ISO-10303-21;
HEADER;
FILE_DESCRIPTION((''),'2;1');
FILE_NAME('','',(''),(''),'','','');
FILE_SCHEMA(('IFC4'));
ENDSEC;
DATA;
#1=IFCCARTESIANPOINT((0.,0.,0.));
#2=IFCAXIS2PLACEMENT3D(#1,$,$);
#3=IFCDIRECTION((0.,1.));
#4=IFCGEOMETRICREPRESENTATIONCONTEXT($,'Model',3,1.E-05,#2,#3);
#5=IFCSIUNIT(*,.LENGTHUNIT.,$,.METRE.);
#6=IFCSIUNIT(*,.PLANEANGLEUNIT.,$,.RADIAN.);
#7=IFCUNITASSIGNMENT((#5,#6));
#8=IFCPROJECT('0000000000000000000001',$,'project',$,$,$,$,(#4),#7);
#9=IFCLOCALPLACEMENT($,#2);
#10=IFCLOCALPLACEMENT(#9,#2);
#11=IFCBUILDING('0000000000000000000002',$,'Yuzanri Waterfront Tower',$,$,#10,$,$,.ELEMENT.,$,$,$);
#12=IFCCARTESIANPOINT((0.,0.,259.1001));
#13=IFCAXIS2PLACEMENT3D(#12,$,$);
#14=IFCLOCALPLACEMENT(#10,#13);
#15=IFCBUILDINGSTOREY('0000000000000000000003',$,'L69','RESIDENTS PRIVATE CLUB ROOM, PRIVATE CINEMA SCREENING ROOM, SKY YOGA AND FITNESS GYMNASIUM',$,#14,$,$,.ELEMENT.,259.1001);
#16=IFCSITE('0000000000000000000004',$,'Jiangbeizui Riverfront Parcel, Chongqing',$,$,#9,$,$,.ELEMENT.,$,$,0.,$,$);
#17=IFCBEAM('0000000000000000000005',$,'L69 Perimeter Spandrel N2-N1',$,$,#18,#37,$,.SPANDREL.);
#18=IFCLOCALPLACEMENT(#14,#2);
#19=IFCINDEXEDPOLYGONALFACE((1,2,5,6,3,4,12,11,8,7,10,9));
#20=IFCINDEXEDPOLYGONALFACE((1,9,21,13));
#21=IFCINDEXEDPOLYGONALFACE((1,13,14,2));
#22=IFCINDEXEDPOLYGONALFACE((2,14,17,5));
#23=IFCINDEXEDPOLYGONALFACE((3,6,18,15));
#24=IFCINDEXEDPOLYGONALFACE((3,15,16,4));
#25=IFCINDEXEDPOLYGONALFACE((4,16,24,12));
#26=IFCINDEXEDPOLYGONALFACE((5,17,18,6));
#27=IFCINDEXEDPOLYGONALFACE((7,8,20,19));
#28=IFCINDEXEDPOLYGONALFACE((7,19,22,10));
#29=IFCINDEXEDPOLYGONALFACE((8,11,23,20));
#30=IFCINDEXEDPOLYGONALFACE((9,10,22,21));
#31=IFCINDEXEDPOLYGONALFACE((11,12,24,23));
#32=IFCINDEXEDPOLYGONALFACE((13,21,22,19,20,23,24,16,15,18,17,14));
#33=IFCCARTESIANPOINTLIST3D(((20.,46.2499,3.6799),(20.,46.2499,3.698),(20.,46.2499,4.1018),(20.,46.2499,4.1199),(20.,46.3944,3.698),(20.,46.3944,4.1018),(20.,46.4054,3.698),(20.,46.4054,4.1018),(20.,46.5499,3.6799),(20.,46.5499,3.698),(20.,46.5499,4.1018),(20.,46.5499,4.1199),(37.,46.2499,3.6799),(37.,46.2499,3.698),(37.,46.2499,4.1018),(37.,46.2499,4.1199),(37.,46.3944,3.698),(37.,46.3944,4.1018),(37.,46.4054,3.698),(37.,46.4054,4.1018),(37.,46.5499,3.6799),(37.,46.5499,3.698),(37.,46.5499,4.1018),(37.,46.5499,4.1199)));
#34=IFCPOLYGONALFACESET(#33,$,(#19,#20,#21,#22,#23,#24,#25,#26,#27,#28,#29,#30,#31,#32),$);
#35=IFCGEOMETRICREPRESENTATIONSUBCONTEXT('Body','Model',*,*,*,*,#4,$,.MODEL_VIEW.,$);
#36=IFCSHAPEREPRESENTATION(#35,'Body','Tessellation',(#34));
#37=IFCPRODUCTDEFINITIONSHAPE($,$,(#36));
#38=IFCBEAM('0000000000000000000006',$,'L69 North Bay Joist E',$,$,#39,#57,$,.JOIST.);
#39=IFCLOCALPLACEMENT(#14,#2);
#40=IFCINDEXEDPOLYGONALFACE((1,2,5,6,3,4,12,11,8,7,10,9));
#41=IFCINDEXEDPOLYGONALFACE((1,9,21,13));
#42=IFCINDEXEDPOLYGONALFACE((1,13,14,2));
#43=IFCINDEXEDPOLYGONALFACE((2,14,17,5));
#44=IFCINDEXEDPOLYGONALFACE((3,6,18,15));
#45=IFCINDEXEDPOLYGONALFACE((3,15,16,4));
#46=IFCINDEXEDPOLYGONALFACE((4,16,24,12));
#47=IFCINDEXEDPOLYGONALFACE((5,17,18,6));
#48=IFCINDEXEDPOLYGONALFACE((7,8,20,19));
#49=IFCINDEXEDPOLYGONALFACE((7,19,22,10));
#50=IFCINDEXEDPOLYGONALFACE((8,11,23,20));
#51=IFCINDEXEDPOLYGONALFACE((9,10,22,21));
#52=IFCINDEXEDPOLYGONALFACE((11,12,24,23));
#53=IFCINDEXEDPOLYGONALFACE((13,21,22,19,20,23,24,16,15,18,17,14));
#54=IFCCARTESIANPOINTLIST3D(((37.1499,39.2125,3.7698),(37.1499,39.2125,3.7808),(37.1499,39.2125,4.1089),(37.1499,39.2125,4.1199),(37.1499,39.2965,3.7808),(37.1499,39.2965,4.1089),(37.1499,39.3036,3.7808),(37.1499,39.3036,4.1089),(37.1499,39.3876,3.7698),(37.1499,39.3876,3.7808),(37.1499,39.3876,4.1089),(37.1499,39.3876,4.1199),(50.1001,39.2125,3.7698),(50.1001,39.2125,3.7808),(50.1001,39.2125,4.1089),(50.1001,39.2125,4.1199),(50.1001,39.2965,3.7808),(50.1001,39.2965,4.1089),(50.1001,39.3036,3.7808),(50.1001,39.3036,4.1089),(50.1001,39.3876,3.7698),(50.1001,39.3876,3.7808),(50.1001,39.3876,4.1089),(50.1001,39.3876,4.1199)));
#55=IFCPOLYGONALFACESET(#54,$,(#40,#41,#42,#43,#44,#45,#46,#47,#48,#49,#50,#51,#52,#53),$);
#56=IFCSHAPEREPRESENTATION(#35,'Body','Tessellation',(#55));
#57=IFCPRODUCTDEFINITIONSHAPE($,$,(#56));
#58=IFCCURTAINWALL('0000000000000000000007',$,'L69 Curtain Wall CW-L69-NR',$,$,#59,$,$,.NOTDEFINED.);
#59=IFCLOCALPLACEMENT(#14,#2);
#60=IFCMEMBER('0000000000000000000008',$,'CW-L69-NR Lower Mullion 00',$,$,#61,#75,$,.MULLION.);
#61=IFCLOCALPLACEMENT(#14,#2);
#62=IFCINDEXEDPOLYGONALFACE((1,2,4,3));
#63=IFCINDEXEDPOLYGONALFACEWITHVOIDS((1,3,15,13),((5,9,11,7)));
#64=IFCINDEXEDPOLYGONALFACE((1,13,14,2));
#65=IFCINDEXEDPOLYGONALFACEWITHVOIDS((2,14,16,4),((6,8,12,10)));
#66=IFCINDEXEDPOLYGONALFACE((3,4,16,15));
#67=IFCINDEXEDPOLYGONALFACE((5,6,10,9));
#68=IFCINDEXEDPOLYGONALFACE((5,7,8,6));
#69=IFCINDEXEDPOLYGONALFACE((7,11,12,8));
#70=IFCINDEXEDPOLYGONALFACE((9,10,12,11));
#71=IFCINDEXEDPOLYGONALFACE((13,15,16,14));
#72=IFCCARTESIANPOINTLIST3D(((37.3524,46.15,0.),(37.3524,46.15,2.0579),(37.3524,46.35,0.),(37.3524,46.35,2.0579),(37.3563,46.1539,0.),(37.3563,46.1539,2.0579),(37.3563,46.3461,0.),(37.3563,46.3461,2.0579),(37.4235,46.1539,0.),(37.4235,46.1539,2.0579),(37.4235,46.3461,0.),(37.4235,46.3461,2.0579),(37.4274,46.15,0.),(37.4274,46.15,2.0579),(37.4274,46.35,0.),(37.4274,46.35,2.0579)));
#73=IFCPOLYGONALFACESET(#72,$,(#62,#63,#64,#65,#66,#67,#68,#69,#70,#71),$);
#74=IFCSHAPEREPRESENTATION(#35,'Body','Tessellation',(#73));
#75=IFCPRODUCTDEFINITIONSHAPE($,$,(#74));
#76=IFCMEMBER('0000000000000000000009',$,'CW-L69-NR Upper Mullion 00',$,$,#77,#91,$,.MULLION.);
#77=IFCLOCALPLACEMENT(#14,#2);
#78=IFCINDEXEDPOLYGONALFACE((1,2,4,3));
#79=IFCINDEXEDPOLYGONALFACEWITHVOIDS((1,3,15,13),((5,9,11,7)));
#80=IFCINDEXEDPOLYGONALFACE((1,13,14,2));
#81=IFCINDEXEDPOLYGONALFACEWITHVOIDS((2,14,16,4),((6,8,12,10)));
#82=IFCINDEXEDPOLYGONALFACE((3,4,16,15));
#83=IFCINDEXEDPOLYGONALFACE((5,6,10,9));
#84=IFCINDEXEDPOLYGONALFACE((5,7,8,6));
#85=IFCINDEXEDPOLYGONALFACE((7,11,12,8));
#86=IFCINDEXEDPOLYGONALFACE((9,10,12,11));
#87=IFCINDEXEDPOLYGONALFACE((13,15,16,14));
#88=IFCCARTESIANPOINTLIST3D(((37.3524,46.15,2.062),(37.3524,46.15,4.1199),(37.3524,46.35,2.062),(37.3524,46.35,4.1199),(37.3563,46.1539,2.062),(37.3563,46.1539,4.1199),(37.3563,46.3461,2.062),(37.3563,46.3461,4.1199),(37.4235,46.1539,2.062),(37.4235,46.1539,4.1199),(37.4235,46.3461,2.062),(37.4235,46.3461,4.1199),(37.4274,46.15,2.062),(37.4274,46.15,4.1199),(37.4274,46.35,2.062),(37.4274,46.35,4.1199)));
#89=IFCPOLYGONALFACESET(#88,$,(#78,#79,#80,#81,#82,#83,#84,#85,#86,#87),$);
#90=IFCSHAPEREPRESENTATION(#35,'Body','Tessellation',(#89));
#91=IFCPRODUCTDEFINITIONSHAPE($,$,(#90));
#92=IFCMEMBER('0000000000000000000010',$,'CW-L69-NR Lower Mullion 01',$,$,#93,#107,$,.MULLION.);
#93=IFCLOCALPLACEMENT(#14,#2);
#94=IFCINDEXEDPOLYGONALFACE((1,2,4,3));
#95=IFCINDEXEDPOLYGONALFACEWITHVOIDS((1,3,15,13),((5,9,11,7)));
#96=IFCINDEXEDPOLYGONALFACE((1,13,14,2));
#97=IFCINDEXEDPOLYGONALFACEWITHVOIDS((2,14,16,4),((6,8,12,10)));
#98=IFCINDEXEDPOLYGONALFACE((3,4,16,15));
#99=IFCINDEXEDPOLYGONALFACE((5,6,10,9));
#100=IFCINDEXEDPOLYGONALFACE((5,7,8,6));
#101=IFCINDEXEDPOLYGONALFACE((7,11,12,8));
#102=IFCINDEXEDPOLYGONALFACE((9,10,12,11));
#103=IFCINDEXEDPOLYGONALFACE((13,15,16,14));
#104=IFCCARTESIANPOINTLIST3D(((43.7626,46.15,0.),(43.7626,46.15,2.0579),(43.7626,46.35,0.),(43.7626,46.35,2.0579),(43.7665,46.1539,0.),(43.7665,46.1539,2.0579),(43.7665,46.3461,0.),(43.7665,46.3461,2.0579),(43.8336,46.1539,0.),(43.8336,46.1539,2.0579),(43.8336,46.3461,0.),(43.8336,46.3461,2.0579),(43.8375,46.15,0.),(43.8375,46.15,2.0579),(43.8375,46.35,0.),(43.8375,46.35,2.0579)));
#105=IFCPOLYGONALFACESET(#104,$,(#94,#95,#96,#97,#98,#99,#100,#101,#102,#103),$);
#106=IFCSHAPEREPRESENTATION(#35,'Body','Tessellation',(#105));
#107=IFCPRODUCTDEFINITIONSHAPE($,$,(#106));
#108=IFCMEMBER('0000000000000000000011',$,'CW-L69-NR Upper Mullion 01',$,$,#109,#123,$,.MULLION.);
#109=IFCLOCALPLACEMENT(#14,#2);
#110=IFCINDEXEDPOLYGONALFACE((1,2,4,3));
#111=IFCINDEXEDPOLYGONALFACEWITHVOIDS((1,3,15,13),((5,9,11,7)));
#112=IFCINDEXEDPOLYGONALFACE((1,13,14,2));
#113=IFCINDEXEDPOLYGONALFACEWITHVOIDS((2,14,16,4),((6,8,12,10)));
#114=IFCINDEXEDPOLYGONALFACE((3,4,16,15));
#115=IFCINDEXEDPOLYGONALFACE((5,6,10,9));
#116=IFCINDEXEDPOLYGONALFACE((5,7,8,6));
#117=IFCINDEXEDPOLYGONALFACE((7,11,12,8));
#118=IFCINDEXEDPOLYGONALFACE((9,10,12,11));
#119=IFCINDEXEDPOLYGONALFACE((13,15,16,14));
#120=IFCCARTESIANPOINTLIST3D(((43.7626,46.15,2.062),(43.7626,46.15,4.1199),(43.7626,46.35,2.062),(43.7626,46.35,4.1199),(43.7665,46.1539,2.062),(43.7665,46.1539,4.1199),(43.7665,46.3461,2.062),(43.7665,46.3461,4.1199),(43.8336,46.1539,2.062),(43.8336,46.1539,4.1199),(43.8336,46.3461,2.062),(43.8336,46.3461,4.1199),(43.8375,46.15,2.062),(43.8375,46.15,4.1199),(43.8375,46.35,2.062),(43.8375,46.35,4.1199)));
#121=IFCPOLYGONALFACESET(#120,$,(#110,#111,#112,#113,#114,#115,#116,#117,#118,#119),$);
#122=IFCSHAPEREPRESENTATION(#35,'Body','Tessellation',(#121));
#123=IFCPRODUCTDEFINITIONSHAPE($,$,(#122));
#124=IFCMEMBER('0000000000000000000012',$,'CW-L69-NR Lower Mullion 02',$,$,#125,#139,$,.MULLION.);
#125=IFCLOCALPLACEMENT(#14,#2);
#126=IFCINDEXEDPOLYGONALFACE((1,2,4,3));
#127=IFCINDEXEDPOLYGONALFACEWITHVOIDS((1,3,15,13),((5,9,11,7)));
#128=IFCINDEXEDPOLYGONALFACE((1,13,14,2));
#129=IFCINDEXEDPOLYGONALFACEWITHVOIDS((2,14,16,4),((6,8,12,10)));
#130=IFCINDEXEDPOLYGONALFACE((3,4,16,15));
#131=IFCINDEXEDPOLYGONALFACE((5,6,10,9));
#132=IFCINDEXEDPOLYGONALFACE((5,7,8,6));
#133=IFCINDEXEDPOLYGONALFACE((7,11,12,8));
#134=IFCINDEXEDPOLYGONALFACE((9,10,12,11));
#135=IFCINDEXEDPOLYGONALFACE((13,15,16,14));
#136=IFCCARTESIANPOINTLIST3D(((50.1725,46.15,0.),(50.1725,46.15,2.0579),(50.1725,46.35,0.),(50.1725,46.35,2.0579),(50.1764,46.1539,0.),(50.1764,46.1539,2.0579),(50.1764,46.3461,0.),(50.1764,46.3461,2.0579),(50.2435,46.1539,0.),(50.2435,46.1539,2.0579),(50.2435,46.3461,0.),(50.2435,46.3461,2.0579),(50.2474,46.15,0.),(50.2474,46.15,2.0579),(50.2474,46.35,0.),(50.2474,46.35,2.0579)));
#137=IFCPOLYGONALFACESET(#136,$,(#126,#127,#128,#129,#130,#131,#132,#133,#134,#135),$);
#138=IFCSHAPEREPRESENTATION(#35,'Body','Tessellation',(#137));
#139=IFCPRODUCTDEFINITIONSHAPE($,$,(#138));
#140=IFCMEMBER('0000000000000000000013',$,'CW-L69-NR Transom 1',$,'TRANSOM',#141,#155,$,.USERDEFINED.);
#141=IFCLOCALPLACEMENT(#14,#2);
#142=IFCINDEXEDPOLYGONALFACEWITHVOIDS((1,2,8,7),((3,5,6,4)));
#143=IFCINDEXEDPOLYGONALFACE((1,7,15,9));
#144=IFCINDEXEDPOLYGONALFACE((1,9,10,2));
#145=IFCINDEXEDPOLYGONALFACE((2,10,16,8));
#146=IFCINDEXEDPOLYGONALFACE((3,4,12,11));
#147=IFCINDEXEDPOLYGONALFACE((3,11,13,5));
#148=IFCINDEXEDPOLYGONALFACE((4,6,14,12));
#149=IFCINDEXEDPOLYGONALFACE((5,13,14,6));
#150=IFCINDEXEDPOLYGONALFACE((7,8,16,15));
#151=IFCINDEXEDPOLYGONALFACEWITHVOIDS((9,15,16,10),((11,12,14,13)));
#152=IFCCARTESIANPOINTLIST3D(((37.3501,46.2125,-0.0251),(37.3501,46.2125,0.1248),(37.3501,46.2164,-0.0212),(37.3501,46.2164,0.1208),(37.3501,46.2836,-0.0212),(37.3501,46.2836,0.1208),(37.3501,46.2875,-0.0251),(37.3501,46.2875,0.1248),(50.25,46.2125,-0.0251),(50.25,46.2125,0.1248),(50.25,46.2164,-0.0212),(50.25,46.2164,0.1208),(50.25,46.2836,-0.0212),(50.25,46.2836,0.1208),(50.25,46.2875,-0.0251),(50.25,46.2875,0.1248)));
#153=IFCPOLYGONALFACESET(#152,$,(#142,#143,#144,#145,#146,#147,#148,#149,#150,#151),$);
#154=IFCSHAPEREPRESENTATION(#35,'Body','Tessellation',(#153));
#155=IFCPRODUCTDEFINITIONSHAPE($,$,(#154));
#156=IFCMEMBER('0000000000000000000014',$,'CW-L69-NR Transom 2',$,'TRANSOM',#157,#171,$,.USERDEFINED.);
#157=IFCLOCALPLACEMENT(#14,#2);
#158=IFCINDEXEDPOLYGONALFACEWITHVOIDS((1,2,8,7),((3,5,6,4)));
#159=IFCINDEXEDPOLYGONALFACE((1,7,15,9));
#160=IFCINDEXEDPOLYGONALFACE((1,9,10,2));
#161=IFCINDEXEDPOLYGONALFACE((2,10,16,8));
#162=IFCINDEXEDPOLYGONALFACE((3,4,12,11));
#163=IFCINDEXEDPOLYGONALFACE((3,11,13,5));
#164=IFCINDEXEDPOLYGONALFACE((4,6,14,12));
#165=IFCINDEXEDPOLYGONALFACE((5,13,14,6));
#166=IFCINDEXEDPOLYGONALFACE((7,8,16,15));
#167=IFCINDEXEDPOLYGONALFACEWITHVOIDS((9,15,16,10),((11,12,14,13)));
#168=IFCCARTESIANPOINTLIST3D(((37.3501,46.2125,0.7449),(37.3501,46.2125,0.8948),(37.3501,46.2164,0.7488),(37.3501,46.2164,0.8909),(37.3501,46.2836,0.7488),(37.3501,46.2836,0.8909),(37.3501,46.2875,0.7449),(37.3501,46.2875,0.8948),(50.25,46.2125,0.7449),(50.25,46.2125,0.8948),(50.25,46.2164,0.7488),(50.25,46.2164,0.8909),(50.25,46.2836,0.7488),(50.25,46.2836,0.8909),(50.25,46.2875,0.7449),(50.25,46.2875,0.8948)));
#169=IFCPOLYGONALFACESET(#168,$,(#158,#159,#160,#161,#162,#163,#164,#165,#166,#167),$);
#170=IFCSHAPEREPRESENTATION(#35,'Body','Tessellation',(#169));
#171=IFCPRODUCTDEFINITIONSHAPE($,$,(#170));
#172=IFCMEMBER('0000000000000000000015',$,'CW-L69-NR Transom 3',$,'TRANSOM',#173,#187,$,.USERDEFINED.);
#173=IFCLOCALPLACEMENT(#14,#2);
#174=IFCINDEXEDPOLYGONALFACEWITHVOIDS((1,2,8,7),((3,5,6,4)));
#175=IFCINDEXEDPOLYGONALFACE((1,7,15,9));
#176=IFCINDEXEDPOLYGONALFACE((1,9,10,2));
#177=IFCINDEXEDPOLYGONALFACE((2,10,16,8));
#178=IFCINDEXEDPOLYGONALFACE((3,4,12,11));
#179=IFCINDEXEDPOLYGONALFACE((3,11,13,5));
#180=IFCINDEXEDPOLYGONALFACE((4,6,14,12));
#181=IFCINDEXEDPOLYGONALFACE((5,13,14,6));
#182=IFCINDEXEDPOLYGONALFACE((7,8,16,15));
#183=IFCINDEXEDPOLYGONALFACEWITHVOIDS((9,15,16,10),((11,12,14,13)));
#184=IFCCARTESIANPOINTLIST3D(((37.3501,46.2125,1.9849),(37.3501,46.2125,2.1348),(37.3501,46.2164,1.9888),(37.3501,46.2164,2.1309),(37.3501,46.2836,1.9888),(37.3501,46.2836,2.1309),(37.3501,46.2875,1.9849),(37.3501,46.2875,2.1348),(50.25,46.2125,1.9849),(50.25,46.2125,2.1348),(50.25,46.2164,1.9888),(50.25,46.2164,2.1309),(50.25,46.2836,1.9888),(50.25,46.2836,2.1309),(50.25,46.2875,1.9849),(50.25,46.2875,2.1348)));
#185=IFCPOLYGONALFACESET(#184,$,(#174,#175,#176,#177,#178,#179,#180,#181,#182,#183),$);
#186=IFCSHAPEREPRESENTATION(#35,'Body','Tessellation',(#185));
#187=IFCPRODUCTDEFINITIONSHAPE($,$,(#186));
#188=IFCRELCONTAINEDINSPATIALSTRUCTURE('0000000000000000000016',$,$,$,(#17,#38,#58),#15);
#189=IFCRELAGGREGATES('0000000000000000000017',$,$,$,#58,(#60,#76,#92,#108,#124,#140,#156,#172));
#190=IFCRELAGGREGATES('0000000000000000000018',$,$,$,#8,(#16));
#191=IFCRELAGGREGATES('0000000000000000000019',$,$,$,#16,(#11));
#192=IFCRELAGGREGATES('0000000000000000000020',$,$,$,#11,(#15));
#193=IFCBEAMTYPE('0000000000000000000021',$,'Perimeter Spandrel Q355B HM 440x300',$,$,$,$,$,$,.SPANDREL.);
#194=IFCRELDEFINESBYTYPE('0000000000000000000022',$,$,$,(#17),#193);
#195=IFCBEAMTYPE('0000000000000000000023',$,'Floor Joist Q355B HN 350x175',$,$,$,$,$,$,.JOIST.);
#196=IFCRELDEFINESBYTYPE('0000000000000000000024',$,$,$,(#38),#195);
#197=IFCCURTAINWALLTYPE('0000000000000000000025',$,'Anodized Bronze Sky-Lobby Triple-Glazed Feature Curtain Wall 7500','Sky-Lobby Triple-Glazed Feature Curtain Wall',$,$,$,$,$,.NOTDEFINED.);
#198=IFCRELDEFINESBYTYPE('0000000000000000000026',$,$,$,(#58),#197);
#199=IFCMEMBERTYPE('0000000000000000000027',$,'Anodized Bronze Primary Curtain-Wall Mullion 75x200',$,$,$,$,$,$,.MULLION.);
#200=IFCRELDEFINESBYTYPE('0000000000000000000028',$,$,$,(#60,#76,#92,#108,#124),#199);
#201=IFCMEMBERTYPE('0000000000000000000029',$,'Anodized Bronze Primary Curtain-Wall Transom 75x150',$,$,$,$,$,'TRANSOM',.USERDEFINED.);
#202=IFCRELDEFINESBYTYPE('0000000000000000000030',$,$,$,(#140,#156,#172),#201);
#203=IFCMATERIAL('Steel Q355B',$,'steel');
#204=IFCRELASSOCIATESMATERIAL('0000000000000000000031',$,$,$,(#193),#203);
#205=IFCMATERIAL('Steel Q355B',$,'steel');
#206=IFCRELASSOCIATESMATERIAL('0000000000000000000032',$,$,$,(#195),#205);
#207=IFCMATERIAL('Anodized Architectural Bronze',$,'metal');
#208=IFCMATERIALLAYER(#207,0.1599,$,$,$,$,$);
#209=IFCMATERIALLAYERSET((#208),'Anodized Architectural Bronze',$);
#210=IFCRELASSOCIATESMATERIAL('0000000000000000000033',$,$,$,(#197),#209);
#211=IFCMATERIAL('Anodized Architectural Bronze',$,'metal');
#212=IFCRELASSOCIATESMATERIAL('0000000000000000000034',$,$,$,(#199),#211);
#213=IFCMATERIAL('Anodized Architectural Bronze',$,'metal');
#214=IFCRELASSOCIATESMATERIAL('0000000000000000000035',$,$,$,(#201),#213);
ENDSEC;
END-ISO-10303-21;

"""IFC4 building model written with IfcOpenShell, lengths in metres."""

from ifc_helpers import new_model, si_unit, direction, frame, origin, origin_2d, place, context, subcontext, project, spatial, hollow_rectangle, i_section, extrude, source, transform, mapped, material, layer, layer_set, material_profile, profile_set, type_object, element, aggregate, save


model = new_model("IFC4")

# Units and contexts
model_context = context("Model", 3, precision=1e-05, world=origin(), true_north=direction((0.0, 1.0)))
body_context = subcontext(model_context, "Body", "Model", "MODEL_VIEW")
ifc_project = project(units=[si_unit("LENGTHUNIT", "METRE"), si_unit("PLANEANGLEUNIT", "RADIAN")], contexts=[model_context])

# Site, building, storey
site_placement = place(None, origin())
site = spatial("IfcSite", under=ifc_project, at=site_placement, Name="Jiangbeizui Riverfront Parcel, Chongqing", CompositionType="ELEMENT", RefElevation=0.0)
building_placement = place(site_placement, origin())
building = spatial("IfcBuilding", under=site, at=building_placement, Name="Yuzanri Waterfront Tower", CompositionType="ELEMENT")
storey_placement = place(building_placement, frame((0.0, 0.0, 259.1001)))
storey = spatial("IfcBuildingStorey", under=building, at=storey_placement, Name="L69", Description="RESIDENTS PRIVATE CLUB ROOM, PRIVATE CINEMA SCREENING ROOM, SKY YOGA AND FITNESS GYMNASIUM", CompositionType="ELEMENT", Elevation=259.1001)

# Beams
ifc_material_1 = material(Name="Steel Q355B", Category="steel")
ifc_material_profile_1 = material_profile(ifc_material_1, i_section(OverallWidth=0.3, OverallDepth=0.4399, WebThickness=0.011, FlangeThickness=0.0181, at=origin_2d()), Name="HM 440x300x11x18")
ifc_profile_set_1 = profile_set([ifc_material_profile_1], Name="Steel Q355B")
beam_type_1 = type_object("IfcBeamType", Name="Perimeter Spandrel Q355B HM 440x300", PredefinedType="SPANDREL", material=ifc_profile_set_1)
shared_shape_1 = source(origin(), body_context, "Body", "SweptSolid", [
    extrude(i_section(OverallWidth=0.3, OverallDepth=0.4399, WebThickness=0.011, FlangeThickness=0.0181, at=origin_2d()), origin(), (0.0, 0.0, 1.0), 17.0),
])
beam_1_placement = place(storey_placement, frame((37.0, 46.3999, 3.8999), z_axis=(-1.0, 0.0, 0.0), x_axis=(0.0, -1.0, 0.0)))
element("IfcBeam", 1, at=beam_1_placement, inside=storey, type_object=beam_type_1, Name="L69 Perimeter Spandrel N2-N1", PredefinedType="SPANDREL", context=body_context, shape_type="MappedRepresentation", body=[
    mapped(shared_shape_1, transform((0.0, 0.0, 0.0), scale=1.0)),
])
ifc_material_2 = material(Name="Steel Q355B", Category="steel")
ifc_material_profile_2 = material_profile(ifc_material_2, i_section(OverallWidth=0.175, OverallDepth=0.3501, WebThickness=0.0071, FlangeThickness=0.011, at=origin_2d()), Name="HN 350x175x7x11")
ifc_profile_set_2 = profile_set([ifc_material_profile_2], Name="Steel Q355B")
beam_type_2 = type_object("IfcBeamType", Name="Floor Joist Q355B HN 350x175", PredefinedType="JOIST", material=ifc_profile_set_2)
shared_shape_2 = source(origin(), body_context, "Body", "SweptSolid", [
    extrude(i_section(OverallWidth=0.175, OverallDepth=0.3501, WebThickness=0.0071, FlangeThickness=0.011, at=origin_2d()), origin(), (0.0, 0.0, 1.0), 12.9502),
])
beam_2_placement = place(storey_placement, frame((37.1499, 39.3, 3.9448), z_axis=(1.0, 0.0, 0.0), x_axis=(0.0, 1.0, 0.0)))
element("IfcBeam", 2, at=beam_2_placement, inside=storey, type_object=beam_type_2, Name="L69 North Bay Joist E", PredefinedType="JOIST", context=body_context, shape_type="MappedRepresentation", body=[
    mapped(shared_shape_2, transform((0.0, 0.0, 0.0), scale=1.0)),
])

# Curtain wall, members
ifc_material_3 = material(Name="Anodized Architectural Bronze", Category="metal")
ifc_layer_1 = layer(ifc_material_3, 0.1599)
ifc_layer_set_1 = layer_set([ifc_layer_1], Name="Anodized Architectural Bronze")
curtain_wall_type = type_object("IfcCurtainWallType", Name="Anodized Bronze Sky-Lobby Triple-Glazed Feature Curtain Wall 7500", Description="Sky-Lobby Triple-Glazed Feature Curtain Wall", PredefinedType="NOTDEFINED", material=ifc_layer_set_1)
curtain_wall_placement = place(storey_placement, origin())
curtain_wall = element("IfcCurtainWall", 3, at=curtain_wall_placement, inside=storey, type_object=curtain_wall_type, Name="L69 Curtain Wall CW-L69-NR", PredefinedType="NOTDEFINED")
ifc_material_4 = material(Name="Anodized Architectural Bronze", Category="metal")
ifc_material_profile_3 = material_profile(ifc_material_4, hollow_rectangle(XDim=0.075, YDim=0.2, WallThickness=0.0039, at=origin_2d()), Name="CWM 75x200")
ifc_profile_set_3 = profile_set([ifc_material_profile_3], Name="Anodized Architectural Bronze")
member_type_1 = type_object("IfcMemberType", Name="Anodized Bronze Primary Curtain-Wall Mullion 75x200", PredefinedType="MULLION", material=ifc_profile_set_3)
shared_shape_3 = source(origin(), body_context, "Body", "SweptSolid", [
    extrude(hollow_rectangle(XDim=0.075, YDim=0.2, WallThickness=0.0039, at=origin_2d()), origin(), (0.0, 0.0, 1.0), 2.0579),
])
member_1_placement = place(storey_placement, frame((37.3899, 46.25, 0.0), z_axis=(0.0, 0.0, 1.0), x_axis=(1.0, 0.0, 0.0)))
member_1 = element("IfcMember", 4, at=member_1_placement, type_object=member_type_1, Name="CW-L69-NR Lower Mullion 00", PredefinedType="MULLION", context=body_context, shape_type="MappedRepresentation", body=[
    mapped(shared_shape_3, transform((0.0, 0.0, 0.0), scale=1.0)),
])
member_2_placement = place(storey_placement, frame((37.3899, 46.25, 2.062), z_axis=(0.0, 0.0, 1.0), x_axis=(1.0, 0.0, 0.0)))
member_2 = element("IfcMember", 5, at=member_2_placement, type_object=member_type_1, Name="CW-L69-NR Upper Mullion 00", PredefinedType="MULLION", context=body_context, shape_type="MappedRepresentation", body=[
    mapped(shared_shape_3, transform((0.0, 0.0, 0.0), scale=1.0)),
])
member_3_placement = place(storey_placement, frame((43.8, 46.25, 0.0), z_axis=(0.0, 0.0, 1.0), x_axis=(1.0, 0.0, 0.0)))
member_3 = element("IfcMember", 6, at=member_3_placement, type_object=member_type_1, Name="CW-L69-NR Lower Mullion 01", PredefinedType="MULLION", context=body_context, shape_type="MappedRepresentation", body=[
    mapped(shared_shape_3, transform((0.0, 0.0, 0.0), scale=1.0)),
])
member_4_placement = place(storey_placement, frame((43.8, 46.25, 2.062), z_axis=(0.0, 0.0, 1.0), x_axis=(1.0, 0.0, 0.0)))
member_4 = element("IfcMember", 7, at=member_4_placement, type_object=member_type_1, Name="CW-L69-NR Upper Mullion 01", PredefinedType="MULLION", context=body_context, shape_type="MappedRepresentation", body=[
    mapped(shared_shape_3, transform((0.0, 0.0, 0.0), scale=1.0)),
])
member_5_placement = place(storey_placement, frame((50.21, 46.25, 0.0), z_axis=(0.0, 0.0, 1.0), x_axis=(1.0, 0.0, 0.0)))
member_5 = element("IfcMember", 8, at=member_5_placement, type_object=member_type_1, Name="CW-L69-NR Lower Mullion 02", PredefinedType="MULLION", context=body_context, shape_type="MappedRepresentation", body=[
    mapped(shared_shape_3, transform((0.0, 0.0, 0.0), scale=1.0)),
])
ifc_material_5 = material(Name="Anodized Architectural Bronze", Category="metal")
ifc_material_profile_4 = material_profile(ifc_material_5, hollow_rectangle(XDim=0.075, YDim=0.1499, WallThickness=0.0039, at=origin_2d()), Name="CWT 75x150")
ifc_profile_set_4 = profile_set([ifc_material_profile_4], Name="Anodized Architectural Bronze")
member_type_2 = type_object("IfcMemberType", Name="Anodized Bronze Primary Curtain-Wall Transom 75x150", ElementType="TRANSOM", PredefinedType="USERDEFINED", material=ifc_profile_set_4)
shared_shape_4 = source(origin(), body_context, "Body", "SweptSolid", [
    extrude(hollow_rectangle(XDim=0.075, YDim=0.1499, WallThickness=0.0039, at=origin_2d()), origin(), (0.0, 0.0, 1.0), 12.8999),
])
member_6_placement = place(storey_placement, frame((37.3501, 46.25, 0.0498), z_axis=(1.0, 0.0, 0.0), x_axis=(0.0, 1.0, 0.0)))
member_6 = element("IfcMember", 9, at=member_6_placement, type_object=member_type_2, Name="CW-L69-NR Transom 1", ObjectType="TRANSOM", PredefinedType="USERDEFINED", context=body_context, shape_type="MappedRepresentation", body=[
    mapped(shared_shape_4, transform((0.0, 0.0, 0.0), scale=1.0)),
])
member_7_placement = place(storey_placement, frame((37.3501, 46.25, 0.8198), z_axis=(1.0, 0.0, 0.0), x_axis=(0.0, 1.0, 0.0)))
member_7 = element("IfcMember", 10, at=member_7_placement, type_object=member_type_2, Name="CW-L69-NR Transom 2", ObjectType="TRANSOM", PredefinedType="USERDEFINED", context=body_context, shape_type="MappedRepresentation", body=[
    mapped(shared_shape_4, transform((0.0, 0.0, 0.0), scale=1.0)),
])
member_8_placement = place(storey_placement, frame((37.3501, 46.25, 2.0598), z_axis=(1.0, 0.0, 0.0), x_axis=(0.0, 1.0, 0.0)))
member_8 = element("IfcMember", 11, at=member_8_placement, type_object=member_type_2, Name="CW-L69-NR Transom 3", ObjectType="TRANSOM", PredefinedType="USERDEFINED", context=body_context, shape_type="MappedRepresentation", body=[
    mapped(shared_shape_4, transform((0.0, 0.0, 0.0), scale=1.0)),
])
aggregate(curtain_wall, [member_1, member_2, member_3, member_4, member_5, member_6, member_7, member_8])

save(model, "model.ifc")
